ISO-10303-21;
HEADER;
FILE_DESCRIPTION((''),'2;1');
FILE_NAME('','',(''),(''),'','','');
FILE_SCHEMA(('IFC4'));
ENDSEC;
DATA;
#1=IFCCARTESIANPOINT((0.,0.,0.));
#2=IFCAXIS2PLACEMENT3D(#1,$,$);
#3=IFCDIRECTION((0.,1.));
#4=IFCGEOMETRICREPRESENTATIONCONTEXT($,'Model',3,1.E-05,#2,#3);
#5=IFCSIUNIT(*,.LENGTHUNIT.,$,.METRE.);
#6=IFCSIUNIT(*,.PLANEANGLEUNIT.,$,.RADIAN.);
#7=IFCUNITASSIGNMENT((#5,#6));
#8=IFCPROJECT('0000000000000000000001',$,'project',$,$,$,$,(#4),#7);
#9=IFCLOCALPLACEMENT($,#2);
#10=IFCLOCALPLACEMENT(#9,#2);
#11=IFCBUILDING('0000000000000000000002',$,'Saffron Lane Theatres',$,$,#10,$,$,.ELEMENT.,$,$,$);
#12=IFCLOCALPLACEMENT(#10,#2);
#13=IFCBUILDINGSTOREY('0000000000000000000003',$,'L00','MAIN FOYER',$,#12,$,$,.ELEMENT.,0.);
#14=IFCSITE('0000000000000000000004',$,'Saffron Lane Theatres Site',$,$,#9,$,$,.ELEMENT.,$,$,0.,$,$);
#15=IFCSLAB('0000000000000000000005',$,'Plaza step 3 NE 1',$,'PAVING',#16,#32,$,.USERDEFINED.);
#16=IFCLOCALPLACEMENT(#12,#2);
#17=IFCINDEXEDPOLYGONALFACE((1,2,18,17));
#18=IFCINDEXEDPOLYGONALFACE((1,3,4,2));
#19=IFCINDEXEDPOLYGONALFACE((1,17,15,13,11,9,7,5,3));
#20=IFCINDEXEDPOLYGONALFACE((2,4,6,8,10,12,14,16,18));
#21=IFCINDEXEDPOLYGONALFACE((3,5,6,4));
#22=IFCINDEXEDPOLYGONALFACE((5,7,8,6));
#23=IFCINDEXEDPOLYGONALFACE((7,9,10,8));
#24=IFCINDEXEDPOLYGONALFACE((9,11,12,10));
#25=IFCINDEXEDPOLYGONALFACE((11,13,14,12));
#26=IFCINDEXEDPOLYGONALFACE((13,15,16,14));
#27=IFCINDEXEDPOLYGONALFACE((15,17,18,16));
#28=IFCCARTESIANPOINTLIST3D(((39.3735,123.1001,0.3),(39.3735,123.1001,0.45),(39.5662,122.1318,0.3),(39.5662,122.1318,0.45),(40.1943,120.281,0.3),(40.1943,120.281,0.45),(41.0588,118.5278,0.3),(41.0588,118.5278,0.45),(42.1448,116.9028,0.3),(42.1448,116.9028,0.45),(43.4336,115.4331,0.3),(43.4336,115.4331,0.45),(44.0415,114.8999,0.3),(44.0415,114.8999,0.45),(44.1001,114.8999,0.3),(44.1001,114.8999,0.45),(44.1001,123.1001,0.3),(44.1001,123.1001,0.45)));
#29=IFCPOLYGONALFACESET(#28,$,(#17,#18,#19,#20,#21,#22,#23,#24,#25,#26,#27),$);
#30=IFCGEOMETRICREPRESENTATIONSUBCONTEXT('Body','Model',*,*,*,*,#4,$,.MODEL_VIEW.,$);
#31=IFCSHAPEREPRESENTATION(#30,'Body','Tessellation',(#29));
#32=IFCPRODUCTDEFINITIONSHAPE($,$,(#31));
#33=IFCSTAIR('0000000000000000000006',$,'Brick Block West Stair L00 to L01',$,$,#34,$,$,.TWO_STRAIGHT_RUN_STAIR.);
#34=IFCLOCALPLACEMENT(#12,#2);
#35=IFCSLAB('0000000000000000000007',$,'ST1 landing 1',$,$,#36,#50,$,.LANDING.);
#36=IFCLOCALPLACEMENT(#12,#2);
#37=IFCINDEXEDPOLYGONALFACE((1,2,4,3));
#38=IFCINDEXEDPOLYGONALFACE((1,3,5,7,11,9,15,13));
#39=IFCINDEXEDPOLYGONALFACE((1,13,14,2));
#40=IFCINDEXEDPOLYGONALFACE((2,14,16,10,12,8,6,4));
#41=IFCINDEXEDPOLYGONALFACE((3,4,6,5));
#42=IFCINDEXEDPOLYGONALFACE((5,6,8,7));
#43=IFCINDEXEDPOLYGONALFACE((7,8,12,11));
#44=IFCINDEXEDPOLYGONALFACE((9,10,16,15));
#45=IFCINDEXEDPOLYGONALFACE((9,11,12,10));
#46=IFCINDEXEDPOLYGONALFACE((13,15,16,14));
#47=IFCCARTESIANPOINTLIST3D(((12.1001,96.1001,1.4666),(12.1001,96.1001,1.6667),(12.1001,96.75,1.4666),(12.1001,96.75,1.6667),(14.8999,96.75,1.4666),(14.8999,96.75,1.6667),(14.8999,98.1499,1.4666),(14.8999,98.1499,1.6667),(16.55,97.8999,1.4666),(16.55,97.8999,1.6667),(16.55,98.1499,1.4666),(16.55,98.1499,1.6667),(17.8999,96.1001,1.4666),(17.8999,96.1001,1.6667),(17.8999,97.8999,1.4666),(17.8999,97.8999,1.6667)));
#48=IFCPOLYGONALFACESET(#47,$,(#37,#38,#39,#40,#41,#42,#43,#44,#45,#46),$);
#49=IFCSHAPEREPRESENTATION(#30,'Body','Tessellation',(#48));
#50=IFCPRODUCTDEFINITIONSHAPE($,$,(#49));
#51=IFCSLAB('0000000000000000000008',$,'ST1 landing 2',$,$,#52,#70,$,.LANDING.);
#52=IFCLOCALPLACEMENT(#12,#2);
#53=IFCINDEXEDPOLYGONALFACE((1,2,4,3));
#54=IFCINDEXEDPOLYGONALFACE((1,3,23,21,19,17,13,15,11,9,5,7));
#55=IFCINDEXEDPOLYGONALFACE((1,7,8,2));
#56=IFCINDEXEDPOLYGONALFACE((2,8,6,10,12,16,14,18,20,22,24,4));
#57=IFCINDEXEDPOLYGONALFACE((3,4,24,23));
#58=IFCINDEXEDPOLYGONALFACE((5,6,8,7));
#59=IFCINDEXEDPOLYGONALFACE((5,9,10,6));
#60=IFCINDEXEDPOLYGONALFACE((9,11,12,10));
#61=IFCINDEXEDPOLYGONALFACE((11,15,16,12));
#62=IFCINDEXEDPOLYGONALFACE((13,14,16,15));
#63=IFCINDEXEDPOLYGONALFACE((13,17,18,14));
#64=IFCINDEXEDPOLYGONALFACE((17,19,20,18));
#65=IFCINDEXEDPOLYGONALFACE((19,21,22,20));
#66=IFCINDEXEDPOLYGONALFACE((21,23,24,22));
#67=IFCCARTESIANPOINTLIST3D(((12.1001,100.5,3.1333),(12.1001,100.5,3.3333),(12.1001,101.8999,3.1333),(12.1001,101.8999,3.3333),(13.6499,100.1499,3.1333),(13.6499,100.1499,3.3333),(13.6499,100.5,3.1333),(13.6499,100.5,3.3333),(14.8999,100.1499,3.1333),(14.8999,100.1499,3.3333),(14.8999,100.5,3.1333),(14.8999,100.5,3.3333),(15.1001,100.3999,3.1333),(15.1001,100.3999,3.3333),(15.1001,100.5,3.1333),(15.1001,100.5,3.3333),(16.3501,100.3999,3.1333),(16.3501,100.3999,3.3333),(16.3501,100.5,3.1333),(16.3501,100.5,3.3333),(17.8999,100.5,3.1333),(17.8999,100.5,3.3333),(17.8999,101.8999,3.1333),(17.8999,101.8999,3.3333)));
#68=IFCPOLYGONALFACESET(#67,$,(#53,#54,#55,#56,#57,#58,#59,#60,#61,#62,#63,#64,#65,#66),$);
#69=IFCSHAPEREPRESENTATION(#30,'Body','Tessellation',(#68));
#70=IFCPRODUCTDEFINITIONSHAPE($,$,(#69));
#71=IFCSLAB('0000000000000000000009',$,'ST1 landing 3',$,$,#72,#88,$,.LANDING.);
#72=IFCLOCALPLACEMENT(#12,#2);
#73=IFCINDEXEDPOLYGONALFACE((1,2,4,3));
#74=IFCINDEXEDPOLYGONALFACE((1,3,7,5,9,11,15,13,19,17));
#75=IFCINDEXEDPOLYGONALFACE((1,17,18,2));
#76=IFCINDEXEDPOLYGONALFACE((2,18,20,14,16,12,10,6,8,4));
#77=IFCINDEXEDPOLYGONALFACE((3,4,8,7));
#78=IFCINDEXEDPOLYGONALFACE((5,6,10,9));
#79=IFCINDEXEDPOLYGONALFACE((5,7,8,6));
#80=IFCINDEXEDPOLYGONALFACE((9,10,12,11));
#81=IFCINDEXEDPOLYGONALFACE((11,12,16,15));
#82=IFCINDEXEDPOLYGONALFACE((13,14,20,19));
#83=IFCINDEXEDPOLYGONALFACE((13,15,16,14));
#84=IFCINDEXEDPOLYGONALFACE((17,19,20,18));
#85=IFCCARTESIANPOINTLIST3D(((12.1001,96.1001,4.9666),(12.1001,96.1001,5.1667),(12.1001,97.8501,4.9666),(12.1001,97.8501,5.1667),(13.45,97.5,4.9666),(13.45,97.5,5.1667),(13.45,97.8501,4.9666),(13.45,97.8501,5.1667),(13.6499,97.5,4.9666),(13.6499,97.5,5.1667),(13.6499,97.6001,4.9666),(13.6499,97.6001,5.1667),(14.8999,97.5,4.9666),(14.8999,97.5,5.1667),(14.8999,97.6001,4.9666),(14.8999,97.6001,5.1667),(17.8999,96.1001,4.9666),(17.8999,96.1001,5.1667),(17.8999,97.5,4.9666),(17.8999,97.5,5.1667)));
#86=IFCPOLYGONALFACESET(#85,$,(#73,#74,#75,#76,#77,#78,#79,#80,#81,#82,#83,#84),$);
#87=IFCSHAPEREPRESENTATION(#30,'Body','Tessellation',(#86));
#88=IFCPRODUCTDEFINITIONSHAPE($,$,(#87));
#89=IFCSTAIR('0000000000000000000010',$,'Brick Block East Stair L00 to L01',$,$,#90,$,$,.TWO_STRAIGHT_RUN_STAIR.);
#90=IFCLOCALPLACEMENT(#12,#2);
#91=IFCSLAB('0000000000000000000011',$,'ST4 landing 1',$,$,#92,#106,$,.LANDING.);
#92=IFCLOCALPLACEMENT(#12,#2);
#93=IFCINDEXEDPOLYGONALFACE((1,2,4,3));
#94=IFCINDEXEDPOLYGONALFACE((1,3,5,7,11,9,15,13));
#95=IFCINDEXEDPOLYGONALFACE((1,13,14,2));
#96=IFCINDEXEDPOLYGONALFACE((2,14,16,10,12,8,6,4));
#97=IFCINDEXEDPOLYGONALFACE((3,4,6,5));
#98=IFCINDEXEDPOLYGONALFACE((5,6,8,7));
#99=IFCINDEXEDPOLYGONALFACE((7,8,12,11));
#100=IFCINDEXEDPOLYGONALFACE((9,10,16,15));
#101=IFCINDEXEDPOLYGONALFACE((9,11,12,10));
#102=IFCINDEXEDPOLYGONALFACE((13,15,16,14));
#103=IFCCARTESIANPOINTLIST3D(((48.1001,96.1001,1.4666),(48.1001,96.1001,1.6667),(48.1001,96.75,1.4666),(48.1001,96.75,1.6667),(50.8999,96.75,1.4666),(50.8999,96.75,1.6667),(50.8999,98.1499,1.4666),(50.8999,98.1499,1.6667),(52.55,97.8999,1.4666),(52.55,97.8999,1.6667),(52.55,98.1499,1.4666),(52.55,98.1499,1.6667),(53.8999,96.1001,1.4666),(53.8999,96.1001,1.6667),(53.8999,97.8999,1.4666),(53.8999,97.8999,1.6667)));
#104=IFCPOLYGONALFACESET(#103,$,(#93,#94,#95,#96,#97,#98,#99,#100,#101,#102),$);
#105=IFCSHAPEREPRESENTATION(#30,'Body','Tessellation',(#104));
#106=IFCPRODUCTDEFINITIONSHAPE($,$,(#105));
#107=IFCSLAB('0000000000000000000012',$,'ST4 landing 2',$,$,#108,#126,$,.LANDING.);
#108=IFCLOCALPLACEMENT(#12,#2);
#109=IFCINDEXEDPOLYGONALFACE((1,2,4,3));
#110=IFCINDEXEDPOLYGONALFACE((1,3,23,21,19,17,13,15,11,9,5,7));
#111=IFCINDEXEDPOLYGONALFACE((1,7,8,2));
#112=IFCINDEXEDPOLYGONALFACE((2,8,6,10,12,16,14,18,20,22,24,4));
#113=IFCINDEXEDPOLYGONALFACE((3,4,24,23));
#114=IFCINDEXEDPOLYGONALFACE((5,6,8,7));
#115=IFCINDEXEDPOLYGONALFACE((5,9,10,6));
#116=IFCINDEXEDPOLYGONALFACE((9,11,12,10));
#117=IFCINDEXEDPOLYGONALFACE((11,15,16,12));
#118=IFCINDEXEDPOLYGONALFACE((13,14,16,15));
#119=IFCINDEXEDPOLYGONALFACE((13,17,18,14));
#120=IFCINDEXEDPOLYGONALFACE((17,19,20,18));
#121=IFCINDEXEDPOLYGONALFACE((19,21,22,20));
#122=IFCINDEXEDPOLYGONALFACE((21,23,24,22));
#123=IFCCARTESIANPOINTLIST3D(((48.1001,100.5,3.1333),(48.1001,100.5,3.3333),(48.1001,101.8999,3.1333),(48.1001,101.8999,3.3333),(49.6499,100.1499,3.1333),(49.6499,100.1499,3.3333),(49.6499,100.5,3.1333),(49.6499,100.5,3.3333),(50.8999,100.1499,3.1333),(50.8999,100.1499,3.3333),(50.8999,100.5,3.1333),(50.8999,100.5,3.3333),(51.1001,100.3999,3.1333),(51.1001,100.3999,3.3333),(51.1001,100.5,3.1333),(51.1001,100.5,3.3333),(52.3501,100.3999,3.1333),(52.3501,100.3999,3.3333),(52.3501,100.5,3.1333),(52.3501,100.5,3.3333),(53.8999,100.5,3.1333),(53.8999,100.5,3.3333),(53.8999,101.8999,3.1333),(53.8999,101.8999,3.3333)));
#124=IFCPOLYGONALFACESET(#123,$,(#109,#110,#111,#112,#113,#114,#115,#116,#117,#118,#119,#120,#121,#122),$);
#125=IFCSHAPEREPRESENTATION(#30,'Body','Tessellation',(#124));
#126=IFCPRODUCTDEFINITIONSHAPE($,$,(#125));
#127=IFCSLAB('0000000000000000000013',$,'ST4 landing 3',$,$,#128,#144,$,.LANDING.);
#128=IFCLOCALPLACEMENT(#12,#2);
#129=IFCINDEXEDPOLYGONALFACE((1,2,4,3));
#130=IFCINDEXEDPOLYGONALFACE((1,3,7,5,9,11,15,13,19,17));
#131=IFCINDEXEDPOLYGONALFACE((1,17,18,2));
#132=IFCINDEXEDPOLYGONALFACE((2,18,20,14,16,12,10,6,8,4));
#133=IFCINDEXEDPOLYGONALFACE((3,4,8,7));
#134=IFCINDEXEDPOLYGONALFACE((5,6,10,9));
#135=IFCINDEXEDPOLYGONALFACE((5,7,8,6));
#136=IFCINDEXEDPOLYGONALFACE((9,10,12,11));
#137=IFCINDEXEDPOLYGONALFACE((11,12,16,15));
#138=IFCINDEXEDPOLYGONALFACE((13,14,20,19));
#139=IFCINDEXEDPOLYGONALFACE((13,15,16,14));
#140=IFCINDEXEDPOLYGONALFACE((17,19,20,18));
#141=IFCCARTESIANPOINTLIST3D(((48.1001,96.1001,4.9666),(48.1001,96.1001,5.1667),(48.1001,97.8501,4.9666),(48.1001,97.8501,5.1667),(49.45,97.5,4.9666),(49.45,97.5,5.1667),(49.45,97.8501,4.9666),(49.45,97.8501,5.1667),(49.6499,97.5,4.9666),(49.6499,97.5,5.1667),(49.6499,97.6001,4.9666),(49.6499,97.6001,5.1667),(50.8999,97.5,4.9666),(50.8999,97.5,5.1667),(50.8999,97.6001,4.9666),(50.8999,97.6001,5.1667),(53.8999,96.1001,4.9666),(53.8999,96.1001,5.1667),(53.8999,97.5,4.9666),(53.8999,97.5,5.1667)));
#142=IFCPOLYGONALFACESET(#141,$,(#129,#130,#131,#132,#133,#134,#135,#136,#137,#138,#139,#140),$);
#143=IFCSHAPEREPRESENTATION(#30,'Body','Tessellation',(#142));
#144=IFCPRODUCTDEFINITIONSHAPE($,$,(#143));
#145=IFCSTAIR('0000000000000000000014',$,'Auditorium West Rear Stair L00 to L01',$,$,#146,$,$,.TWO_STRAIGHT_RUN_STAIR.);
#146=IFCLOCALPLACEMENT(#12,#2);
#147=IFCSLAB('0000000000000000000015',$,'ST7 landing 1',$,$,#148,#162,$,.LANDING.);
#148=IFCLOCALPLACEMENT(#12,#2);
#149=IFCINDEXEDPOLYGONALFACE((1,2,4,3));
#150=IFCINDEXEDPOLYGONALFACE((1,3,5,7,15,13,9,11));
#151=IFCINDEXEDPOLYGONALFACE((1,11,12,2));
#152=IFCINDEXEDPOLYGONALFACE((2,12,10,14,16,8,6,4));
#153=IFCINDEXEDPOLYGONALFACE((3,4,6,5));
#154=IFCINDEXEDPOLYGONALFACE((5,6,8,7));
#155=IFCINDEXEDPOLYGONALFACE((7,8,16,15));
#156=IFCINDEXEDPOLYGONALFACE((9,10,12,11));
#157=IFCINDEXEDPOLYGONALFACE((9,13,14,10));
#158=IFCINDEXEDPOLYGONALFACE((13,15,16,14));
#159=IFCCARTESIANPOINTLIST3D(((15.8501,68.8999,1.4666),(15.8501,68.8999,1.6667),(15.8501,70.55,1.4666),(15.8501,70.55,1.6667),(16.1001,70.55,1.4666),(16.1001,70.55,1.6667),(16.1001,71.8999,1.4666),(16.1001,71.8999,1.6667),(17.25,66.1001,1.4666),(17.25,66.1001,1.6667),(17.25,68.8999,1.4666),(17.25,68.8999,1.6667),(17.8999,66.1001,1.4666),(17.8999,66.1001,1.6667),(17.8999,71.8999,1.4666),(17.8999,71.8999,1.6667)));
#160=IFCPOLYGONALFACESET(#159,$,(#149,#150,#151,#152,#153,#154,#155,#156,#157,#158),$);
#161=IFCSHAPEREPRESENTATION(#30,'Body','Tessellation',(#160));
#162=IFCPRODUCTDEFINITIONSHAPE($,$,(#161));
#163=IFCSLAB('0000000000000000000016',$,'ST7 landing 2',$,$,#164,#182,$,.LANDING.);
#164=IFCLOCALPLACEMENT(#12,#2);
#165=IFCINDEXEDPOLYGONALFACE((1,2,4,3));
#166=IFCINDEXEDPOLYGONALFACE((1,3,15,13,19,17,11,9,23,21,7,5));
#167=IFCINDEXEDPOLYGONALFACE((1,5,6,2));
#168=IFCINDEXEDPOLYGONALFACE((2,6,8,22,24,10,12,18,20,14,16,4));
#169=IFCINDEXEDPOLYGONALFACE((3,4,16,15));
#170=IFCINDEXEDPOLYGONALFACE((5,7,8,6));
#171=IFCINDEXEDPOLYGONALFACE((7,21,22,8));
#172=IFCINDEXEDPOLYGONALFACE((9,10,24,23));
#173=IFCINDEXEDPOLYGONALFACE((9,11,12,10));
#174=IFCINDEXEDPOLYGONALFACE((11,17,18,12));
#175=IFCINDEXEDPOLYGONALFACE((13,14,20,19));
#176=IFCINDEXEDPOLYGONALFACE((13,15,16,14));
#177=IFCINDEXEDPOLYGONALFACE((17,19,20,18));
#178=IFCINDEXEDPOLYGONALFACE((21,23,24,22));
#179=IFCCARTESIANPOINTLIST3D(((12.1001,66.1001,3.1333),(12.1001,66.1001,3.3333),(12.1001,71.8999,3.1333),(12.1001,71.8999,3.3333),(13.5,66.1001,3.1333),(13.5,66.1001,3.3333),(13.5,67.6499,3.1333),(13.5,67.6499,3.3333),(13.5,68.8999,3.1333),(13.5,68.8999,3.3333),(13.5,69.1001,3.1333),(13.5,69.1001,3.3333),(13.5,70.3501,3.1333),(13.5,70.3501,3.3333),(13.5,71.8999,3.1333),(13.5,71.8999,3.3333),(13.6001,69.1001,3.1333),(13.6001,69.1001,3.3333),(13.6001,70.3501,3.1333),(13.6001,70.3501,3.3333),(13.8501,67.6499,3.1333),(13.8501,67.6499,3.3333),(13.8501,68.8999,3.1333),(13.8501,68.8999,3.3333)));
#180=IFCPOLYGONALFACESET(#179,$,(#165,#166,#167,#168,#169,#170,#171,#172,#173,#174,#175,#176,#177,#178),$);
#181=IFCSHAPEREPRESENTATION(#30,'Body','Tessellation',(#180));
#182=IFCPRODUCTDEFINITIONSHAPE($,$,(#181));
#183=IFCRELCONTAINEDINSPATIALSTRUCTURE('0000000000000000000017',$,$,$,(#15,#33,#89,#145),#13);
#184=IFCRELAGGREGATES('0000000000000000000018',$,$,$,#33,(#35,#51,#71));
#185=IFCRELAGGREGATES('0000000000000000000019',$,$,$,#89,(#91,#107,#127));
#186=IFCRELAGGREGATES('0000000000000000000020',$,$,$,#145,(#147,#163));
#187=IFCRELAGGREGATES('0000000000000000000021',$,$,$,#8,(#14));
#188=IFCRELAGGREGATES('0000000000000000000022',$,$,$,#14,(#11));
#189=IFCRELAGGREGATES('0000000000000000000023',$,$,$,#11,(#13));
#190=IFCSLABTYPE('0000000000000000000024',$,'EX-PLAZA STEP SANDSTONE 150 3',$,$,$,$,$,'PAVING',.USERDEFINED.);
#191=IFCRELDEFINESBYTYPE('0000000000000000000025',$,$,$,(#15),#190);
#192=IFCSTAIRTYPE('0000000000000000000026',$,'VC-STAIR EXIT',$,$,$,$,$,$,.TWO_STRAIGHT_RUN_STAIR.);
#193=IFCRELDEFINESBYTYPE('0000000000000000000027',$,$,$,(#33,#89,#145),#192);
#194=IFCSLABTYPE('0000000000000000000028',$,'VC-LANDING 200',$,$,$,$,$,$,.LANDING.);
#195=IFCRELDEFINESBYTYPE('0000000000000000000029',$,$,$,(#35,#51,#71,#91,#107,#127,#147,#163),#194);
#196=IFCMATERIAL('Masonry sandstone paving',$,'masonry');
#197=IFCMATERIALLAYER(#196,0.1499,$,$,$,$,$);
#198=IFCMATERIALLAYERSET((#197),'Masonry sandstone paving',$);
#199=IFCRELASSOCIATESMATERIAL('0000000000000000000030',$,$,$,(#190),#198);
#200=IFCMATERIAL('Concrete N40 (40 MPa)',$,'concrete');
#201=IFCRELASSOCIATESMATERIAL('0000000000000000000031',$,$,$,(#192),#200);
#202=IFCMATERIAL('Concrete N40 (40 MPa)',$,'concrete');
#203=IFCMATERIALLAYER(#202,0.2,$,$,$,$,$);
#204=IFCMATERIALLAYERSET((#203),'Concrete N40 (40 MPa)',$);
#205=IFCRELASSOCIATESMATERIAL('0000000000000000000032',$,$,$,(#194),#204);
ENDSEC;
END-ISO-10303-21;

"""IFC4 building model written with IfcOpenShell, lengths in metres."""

from ifc_helpers import new_model, si_unit, direction, frame, origin, place, context, subcontext, project, spatial, polyline, outline, extrude, material, layer, layer_set, type_object, element, aggregate, save


model = new_model("IFC4")

# Units and contexts
model_context = context("Model", 3, precision=1e-05, world=origin(), true_north=direction((0.0, 1.0)))
body_context = subcontext(model_context, "Body", "Model", "MODEL_VIEW")
ifc_project = project(units=[si_unit("LENGTHUNIT", "METRE"), si_unit("PLANEANGLEUNIT", "RADIAN")], contexts=[model_context])

# Site, building, storey
site_placement = place(None, origin())
site = spatial("IfcSite", under=ifc_project, at=site_placement, Name="Saffron Lane Theatres Site", CompositionType="ELEMENT", RefElevation=0.0)
building_placement = place(site_placement, origin())
building = spatial("IfcBuilding", under=site, at=building_placement, Name="Saffron Lane Theatres", CompositionType="ELEMENT")
storey_placement = place(building_placement, origin())
storey = spatial("IfcBuildingStorey", under=building, at=storey_placement, Name="L00", Description="MAIN FOYER", CompositionType="ELEMENT", Elevation=0.0)

# Slab
ifc_material_1 = material(Name="Masonry sandstone paving", Category="masonry")
ifc_layer_1 = layer(ifc_material_1, 0.1499)
ifc_layer_set_1 = layer_set([ifc_layer_1], Name="Masonry sandstone paving")
slab_type_1 = type_object("IfcSlabType", Name="EX-PLAZA STEP SANDSTONE 150 3", ElementType="PAVING", PredefinedType="USERDEFINED", material=ifc_layer_set_1)
slab_1_placement = place(storey_placement, frame((0.0, 0.0, 0.3)))
element("IfcSlab", 1, at=slab_1_placement, inside=storey, type_object=slab_type_1, Name="Plaza step 3 NE 1", ObjectType="PAVING", PredefinedType="USERDEFINED", context=body_context, shape_type="SweptSolid", body=[
    extrude(outline(polyline([(39.3735, 123.1001), (39.5662, 122.1318), (40.1943, 120.281), (41.0588, 118.5278), (42.1448, 116.9028), (43.4336, 115.4331), (44.0415, 114.8999), (44.1001, 114.8999), (44.1001, 123.1001), (39.3735, 123.1001)])), origin(), (0.0, 0.0, 1.0), 0.1499),
])

# Stairs, slabs
ifc_material_2 = material(Name="Concrete N40 (40 MPa)", Category="concrete")
stair_type = type_object("IfcStairType", Name="VC-STAIR EXIT", PredefinedType="TWO_STRAIGHT_RUN_STAIR", material=ifc_material_2)
stair_1_placement = place(storey_placement, origin())
stair_1 = element("IfcStair", 2, at=stair_1_placement, inside=storey, type_object=stair_type, Name="Brick Block West Stair L00 to L01", PredefinedType="TWO_STRAIGHT_RUN_STAIR")
ifc_material_3 = material(Name="Concrete N40 (40 MPa)", Category="concrete")
ifc_layer_2 = layer(ifc_material_3, 0.2)
ifc_layer_set_2 = layer_set([ifc_layer_2], Name="Concrete N40 (40 MPa)")
slab_type_2 = type_object("IfcSlabType", Name="VC-LANDING 200", PredefinedType="LANDING", material=ifc_layer_set_2)
slab_2_placement = place(storey_placement, frame((0.0, 0.0, 1.4666)))
slab_2 = element("IfcSlab", 3, at=slab_2_placement, type_object=slab_type_2, Name="ST1 landing 1", PredefinedType="LANDING", context=body_context, shape_type="SweptSolid", body=[
    extrude(outline(polyline([(14.8999, 98.1499), (16.55, 98.1499), (16.55, 97.8999), (17.8999, 97.8999), (17.8999, 96.1001), (12.1001, 96.1001), (12.1001, 96.75), (14.8999, 96.75), (14.8999, 98.1499)])), origin(), (0.0, 0.0, 1.0), 0.2002),
])
slab_3_placement = place(storey_placement, frame((0.0, 0.0, 3.1333)))
slab_3 = element("IfcSlab", 4, at=slab_3_placement, type_object=slab_type_2, Name="ST1 landing 2", PredefinedType="LANDING", context=body_context, shape_type="SweptSolid", body=[
    extrude(outline(polyline([(12.1001, 100.5), (12.1001, 101.8999), (17.8999, 101.8999), (17.8999, 100.5), (16.3501, 100.5), (16.3501, 100.3999), (15.1001, 100.3999), (15.1001, 100.5), (14.8999, 100.5), (14.8999, 100.1499), (13.6499, 100.1499), (13.6499, 100.5), (12.1001, 100.5)])), origin(), (0.0, 0.0, 1.0), 0.2),
])
slab_4_placement = place(storey_placement, frame((0.0, 0.0, 4.9666)))
slab_4 = element("IfcSlab", 5, at=slab_4_placement, type_object=slab_type_2, Name="ST1 landing 3", PredefinedType="LANDING", context=body_context, shape_type="SweptSolid", body=[
    extrude(outline(polyline([(13.45, 97.5), (13.6499, 97.5), (13.6499, 97.6001), (14.8999, 97.6001), (14.8999, 97.5), (17.8999, 97.5), (17.8999, 96.1001), (12.1001, 96.1001), (12.1001, 97.8501), (13.45, 97.8501), (13.45, 97.5)])), origin(), (0.0, 0.0, 1.0), 0.2002),
])
aggregate(stair_1, [slab_2, slab_3, slab_4])
stair_2_placement = place(storey_placement, origin())
stair_2 = element("IfcStair", 6, at=stair_2_placement, inside=storey, type_object=stair_type, Name="Brick Block East Stair L00 to L01", PredefinedType="TWO_STRAIGHT_RUN_STAIR")
slab_5_placement = place(storey_placement, frame((0.0, 0.0, 1.4666)))
slab_5 = element("IfcSlab", 7, at=slab_5_placement, type_object=slab_type_2, Name="ST4 landing 1", PredefinedType="LANDING", context=body_context, shape_type="SweptSolid", body=[
    extrude(outline(polyline([(50.8999, 98.1499), (52.55, 98.1499), (52.55, 97.8999), (53.8999, 97.8999), (53.8999, 96.1001), (48.1001, 96.1001), (48.1001, 96.75), (50.8999, 96.75), (50.8999, 98.1499)])), origin(), (0.0, 0.0, 1.0), 0.2002),
])
slab_6_placement = place(storey_placement, frame((0.0, 0.0, 3.1333)))
slab_6 = element("IfcSlab", 8, at=slab_6_placement, type_object=slab_type_2, Name="ST4 landing 2", PredefinedType="LANDING", context=body_context, shape_type="SweptSolid", body=[
    extrude(outline(polyline([(48.1001, 100.5), (48.1001, 101.8999), (53.8999, 101.8999), (53.8999, 100.5), (52.3501, 100.5), (52.3501, 100.3999), (51.1001, 100.3999), (51.1001, 100.5), (50.8999, 100.5), (50.8999, 100.1499), (49.6499, 100.1499), (49.6499, 100.5), (48.1001, 100.5)])), origin(), (0.0, 0.0, 1.0), 0.2),
])
slab_7_placement = place(storey_placement, frame((0.0, 0.0, 4.9666)))
slab_7 = element("IfcSlab", 9, at=slab_7_placement, type_object=slab_type_2, Name="ST4 landing 3", PredefinedType="LANDING", context=body_context, shape_type="SweptSolid", body=[
    extrude(outline(polyline([(49.45, 97.5), (49.6499, 97.5), (49.6499, 97.6001), (50.8999, 97.6001), (50.8999, 97.5), (53.8999, 97.5), (53.8999, 96.1001), (48.1001, 96.1001), (48.1001, 97.8501), (49.45, 97.8501), (49.45, 97.5)])), origin(), (0.0, 0.0, 1.0), 0.2002),
])
aggregate(stair_2, [slab_5, slab_6, slab_7])
stair_3_placement = place(storey_placement, origin())
stair_3 = element("IfcStair", 10, at=stair_3_placement, inside=storey, type_object=stair_type, Name="Auditorium West Rear Stair L00 to L01", PredefinedType="TWO_STRAIGHT_RUN_STAIR")
slab_8_placement = place(storey_placement, frame((0.0, 0.0, 1.4666)))
slab_8 = element("IfcSlab", 11, at=slab_8_placement, type_object=slab_type_2, Name="ST7 landing 1", PredefinedType="LANDING", context=body_context, shape_type="SweptSolid", body=[
    extrude(outline(polyline([(15.8501, 68.8999), (15.8501, 70.55), (16.1001, 70.55), (16.1001, 71.8999), (17.8999, 71.8999), (17.8999, 66.1001), (17.25, 66.1001), (17.25, 68.8999), (15.8501, 68.8999)])), origin(), (0.0, 0.0, 1.0), 0.2002),
])
slab_9_placement = place(storey_placement, frame((0.0, 0.0, 3.1333)))
slab_9 = element("IfcSlab", 12, at=slab_9_placement, type_object=slab_type_2, Name="ST7 landing 2", PredefinedType="LANDING", context=body_context, shape_type="SweptSolid", body=[
    extrude(outline(polyline([(13.5, 66.1001), (12.1001, 66.1001), (12.1001, 71.8999), (13.5, 71.8999), (13.5, 70.3501), (13.6001, 70.3501), (13.6001, 69.1001), (13.5, 69.1001), (13.5, 68.8999), (13.8501, 68.8999), (13.8501, 67.6499), (13.5, 67.6499), (13.5, 66.1001)])), origin(), (0.0, 0.0, 1.0), 0.2),
])
aggregate(stair_3, [slab_8, slab_9])

save(model, "model.ifc")
